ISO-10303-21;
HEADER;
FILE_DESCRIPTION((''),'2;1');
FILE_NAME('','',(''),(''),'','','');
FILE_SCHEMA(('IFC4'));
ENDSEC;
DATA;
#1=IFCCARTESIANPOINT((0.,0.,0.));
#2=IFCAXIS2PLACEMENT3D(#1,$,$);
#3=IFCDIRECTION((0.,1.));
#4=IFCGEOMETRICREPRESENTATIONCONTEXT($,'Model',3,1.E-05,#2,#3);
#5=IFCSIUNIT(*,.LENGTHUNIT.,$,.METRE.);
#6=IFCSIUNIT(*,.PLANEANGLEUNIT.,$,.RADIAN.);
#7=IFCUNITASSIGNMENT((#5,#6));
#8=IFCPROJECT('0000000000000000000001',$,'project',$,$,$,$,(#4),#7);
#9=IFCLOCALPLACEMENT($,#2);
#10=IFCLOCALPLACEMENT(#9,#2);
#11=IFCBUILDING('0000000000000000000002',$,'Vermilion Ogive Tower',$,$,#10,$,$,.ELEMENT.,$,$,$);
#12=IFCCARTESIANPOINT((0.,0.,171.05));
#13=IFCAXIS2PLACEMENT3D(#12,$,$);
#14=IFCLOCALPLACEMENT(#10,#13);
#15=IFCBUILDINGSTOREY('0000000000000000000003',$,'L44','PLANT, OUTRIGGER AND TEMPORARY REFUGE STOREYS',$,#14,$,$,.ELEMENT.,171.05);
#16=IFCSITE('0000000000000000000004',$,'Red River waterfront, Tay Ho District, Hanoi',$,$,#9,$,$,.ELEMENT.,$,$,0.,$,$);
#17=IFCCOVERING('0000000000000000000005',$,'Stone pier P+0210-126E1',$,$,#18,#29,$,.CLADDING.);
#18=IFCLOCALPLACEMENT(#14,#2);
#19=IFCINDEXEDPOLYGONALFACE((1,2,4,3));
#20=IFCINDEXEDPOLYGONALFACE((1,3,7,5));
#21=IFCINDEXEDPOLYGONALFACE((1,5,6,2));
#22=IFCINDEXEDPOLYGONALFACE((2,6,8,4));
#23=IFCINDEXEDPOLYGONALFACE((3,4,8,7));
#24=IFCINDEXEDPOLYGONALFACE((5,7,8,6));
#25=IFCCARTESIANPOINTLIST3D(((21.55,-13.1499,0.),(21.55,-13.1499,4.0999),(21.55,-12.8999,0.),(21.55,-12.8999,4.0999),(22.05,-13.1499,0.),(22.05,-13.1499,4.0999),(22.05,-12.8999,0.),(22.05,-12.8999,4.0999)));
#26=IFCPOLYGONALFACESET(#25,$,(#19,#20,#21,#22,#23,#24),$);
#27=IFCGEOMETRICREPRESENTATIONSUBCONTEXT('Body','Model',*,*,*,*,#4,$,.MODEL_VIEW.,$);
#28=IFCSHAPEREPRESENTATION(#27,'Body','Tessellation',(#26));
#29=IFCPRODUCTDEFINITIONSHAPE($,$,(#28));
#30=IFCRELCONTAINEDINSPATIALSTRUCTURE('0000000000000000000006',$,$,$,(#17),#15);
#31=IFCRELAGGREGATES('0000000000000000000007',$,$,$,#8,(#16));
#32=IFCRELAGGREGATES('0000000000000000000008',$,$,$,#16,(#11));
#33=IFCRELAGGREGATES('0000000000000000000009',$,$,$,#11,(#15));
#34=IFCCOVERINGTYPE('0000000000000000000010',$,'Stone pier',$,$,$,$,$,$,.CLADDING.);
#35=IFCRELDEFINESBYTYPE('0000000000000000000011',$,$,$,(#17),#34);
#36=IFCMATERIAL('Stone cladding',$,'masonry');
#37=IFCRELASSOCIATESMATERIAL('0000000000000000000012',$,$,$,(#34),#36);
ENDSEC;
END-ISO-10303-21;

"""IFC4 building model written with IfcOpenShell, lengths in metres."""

from ifc_helpers import new_model, si_unit, direction, frame, origin, place, context, subcontext, project, spatial, polyline, outline, extrude, material, type_object, element, save


model = new_model("IFC4")

# Units and contexts
model_context = context("Model", 3, precision=1e-05, world=origin(), true_north=direction((0.0, 1.0)))
body_context = subcontext(model_context, "Body", "Model", "MODEL_VIEW")
ifc_project = project(units=[si_unit("LENGTHUNIT", "METRE"), si_unit("PLANEANGLEUNIT", "RADIAN")], contexts=[model_context])

# Site, building, storey
site_placement = place(None, origin())
site = spatial("IfcSite", under=ifc_project, at=site_placement, Name="Red River waterfront, Tay Ho District, Hanoi", CompositionType="ELEMENT", RefElevation=0.0)
building_placement = place(site_placement, origin())
building = spatial("IfcBuilding", under=site, at=building_placement, Name="Vermilion Ogive Tower", CompositionType="ELEMENT")
storey_placement = place(building_placement, frame((0.0, 0.0, 171.05)))
storey = spatial("IfcBuildingStorey", under=building, at=storey_placement, Name="L44", Description="PLANT, OUTRIGGER AND TEMPORARY REFUGE STOREYS", CompositionType="ELEMENT", Elevation=171.05)

# Covering
ifc_material_1 = material(Name="Stone cladding", Category="masonry")
covering_type = type_object("IfcCoveringType", Name="Stone pier", PredefinedType="CLADDING", material=ifc_material_1)
covering_1_placement = place(storey_placement, origin())
element("IfcCovering", 1, at=covering_1_placement, inside=storey, type_object=covering_type, Name="Stone pier P+0210-126E1", PredefinedType="CLADDING", context=body_context, shape_type="SweptSolid", body=[
    extrude(outline(polyline([(21.55, -13.1499), (21.55, -12.8999), (22.05, -12.8999), (22.05, -13.1499), (21.55, -13.1499)])), origin(), (0.0, 0.0, 1.0), 4.0999),
])

save(model, "model.ifc")
